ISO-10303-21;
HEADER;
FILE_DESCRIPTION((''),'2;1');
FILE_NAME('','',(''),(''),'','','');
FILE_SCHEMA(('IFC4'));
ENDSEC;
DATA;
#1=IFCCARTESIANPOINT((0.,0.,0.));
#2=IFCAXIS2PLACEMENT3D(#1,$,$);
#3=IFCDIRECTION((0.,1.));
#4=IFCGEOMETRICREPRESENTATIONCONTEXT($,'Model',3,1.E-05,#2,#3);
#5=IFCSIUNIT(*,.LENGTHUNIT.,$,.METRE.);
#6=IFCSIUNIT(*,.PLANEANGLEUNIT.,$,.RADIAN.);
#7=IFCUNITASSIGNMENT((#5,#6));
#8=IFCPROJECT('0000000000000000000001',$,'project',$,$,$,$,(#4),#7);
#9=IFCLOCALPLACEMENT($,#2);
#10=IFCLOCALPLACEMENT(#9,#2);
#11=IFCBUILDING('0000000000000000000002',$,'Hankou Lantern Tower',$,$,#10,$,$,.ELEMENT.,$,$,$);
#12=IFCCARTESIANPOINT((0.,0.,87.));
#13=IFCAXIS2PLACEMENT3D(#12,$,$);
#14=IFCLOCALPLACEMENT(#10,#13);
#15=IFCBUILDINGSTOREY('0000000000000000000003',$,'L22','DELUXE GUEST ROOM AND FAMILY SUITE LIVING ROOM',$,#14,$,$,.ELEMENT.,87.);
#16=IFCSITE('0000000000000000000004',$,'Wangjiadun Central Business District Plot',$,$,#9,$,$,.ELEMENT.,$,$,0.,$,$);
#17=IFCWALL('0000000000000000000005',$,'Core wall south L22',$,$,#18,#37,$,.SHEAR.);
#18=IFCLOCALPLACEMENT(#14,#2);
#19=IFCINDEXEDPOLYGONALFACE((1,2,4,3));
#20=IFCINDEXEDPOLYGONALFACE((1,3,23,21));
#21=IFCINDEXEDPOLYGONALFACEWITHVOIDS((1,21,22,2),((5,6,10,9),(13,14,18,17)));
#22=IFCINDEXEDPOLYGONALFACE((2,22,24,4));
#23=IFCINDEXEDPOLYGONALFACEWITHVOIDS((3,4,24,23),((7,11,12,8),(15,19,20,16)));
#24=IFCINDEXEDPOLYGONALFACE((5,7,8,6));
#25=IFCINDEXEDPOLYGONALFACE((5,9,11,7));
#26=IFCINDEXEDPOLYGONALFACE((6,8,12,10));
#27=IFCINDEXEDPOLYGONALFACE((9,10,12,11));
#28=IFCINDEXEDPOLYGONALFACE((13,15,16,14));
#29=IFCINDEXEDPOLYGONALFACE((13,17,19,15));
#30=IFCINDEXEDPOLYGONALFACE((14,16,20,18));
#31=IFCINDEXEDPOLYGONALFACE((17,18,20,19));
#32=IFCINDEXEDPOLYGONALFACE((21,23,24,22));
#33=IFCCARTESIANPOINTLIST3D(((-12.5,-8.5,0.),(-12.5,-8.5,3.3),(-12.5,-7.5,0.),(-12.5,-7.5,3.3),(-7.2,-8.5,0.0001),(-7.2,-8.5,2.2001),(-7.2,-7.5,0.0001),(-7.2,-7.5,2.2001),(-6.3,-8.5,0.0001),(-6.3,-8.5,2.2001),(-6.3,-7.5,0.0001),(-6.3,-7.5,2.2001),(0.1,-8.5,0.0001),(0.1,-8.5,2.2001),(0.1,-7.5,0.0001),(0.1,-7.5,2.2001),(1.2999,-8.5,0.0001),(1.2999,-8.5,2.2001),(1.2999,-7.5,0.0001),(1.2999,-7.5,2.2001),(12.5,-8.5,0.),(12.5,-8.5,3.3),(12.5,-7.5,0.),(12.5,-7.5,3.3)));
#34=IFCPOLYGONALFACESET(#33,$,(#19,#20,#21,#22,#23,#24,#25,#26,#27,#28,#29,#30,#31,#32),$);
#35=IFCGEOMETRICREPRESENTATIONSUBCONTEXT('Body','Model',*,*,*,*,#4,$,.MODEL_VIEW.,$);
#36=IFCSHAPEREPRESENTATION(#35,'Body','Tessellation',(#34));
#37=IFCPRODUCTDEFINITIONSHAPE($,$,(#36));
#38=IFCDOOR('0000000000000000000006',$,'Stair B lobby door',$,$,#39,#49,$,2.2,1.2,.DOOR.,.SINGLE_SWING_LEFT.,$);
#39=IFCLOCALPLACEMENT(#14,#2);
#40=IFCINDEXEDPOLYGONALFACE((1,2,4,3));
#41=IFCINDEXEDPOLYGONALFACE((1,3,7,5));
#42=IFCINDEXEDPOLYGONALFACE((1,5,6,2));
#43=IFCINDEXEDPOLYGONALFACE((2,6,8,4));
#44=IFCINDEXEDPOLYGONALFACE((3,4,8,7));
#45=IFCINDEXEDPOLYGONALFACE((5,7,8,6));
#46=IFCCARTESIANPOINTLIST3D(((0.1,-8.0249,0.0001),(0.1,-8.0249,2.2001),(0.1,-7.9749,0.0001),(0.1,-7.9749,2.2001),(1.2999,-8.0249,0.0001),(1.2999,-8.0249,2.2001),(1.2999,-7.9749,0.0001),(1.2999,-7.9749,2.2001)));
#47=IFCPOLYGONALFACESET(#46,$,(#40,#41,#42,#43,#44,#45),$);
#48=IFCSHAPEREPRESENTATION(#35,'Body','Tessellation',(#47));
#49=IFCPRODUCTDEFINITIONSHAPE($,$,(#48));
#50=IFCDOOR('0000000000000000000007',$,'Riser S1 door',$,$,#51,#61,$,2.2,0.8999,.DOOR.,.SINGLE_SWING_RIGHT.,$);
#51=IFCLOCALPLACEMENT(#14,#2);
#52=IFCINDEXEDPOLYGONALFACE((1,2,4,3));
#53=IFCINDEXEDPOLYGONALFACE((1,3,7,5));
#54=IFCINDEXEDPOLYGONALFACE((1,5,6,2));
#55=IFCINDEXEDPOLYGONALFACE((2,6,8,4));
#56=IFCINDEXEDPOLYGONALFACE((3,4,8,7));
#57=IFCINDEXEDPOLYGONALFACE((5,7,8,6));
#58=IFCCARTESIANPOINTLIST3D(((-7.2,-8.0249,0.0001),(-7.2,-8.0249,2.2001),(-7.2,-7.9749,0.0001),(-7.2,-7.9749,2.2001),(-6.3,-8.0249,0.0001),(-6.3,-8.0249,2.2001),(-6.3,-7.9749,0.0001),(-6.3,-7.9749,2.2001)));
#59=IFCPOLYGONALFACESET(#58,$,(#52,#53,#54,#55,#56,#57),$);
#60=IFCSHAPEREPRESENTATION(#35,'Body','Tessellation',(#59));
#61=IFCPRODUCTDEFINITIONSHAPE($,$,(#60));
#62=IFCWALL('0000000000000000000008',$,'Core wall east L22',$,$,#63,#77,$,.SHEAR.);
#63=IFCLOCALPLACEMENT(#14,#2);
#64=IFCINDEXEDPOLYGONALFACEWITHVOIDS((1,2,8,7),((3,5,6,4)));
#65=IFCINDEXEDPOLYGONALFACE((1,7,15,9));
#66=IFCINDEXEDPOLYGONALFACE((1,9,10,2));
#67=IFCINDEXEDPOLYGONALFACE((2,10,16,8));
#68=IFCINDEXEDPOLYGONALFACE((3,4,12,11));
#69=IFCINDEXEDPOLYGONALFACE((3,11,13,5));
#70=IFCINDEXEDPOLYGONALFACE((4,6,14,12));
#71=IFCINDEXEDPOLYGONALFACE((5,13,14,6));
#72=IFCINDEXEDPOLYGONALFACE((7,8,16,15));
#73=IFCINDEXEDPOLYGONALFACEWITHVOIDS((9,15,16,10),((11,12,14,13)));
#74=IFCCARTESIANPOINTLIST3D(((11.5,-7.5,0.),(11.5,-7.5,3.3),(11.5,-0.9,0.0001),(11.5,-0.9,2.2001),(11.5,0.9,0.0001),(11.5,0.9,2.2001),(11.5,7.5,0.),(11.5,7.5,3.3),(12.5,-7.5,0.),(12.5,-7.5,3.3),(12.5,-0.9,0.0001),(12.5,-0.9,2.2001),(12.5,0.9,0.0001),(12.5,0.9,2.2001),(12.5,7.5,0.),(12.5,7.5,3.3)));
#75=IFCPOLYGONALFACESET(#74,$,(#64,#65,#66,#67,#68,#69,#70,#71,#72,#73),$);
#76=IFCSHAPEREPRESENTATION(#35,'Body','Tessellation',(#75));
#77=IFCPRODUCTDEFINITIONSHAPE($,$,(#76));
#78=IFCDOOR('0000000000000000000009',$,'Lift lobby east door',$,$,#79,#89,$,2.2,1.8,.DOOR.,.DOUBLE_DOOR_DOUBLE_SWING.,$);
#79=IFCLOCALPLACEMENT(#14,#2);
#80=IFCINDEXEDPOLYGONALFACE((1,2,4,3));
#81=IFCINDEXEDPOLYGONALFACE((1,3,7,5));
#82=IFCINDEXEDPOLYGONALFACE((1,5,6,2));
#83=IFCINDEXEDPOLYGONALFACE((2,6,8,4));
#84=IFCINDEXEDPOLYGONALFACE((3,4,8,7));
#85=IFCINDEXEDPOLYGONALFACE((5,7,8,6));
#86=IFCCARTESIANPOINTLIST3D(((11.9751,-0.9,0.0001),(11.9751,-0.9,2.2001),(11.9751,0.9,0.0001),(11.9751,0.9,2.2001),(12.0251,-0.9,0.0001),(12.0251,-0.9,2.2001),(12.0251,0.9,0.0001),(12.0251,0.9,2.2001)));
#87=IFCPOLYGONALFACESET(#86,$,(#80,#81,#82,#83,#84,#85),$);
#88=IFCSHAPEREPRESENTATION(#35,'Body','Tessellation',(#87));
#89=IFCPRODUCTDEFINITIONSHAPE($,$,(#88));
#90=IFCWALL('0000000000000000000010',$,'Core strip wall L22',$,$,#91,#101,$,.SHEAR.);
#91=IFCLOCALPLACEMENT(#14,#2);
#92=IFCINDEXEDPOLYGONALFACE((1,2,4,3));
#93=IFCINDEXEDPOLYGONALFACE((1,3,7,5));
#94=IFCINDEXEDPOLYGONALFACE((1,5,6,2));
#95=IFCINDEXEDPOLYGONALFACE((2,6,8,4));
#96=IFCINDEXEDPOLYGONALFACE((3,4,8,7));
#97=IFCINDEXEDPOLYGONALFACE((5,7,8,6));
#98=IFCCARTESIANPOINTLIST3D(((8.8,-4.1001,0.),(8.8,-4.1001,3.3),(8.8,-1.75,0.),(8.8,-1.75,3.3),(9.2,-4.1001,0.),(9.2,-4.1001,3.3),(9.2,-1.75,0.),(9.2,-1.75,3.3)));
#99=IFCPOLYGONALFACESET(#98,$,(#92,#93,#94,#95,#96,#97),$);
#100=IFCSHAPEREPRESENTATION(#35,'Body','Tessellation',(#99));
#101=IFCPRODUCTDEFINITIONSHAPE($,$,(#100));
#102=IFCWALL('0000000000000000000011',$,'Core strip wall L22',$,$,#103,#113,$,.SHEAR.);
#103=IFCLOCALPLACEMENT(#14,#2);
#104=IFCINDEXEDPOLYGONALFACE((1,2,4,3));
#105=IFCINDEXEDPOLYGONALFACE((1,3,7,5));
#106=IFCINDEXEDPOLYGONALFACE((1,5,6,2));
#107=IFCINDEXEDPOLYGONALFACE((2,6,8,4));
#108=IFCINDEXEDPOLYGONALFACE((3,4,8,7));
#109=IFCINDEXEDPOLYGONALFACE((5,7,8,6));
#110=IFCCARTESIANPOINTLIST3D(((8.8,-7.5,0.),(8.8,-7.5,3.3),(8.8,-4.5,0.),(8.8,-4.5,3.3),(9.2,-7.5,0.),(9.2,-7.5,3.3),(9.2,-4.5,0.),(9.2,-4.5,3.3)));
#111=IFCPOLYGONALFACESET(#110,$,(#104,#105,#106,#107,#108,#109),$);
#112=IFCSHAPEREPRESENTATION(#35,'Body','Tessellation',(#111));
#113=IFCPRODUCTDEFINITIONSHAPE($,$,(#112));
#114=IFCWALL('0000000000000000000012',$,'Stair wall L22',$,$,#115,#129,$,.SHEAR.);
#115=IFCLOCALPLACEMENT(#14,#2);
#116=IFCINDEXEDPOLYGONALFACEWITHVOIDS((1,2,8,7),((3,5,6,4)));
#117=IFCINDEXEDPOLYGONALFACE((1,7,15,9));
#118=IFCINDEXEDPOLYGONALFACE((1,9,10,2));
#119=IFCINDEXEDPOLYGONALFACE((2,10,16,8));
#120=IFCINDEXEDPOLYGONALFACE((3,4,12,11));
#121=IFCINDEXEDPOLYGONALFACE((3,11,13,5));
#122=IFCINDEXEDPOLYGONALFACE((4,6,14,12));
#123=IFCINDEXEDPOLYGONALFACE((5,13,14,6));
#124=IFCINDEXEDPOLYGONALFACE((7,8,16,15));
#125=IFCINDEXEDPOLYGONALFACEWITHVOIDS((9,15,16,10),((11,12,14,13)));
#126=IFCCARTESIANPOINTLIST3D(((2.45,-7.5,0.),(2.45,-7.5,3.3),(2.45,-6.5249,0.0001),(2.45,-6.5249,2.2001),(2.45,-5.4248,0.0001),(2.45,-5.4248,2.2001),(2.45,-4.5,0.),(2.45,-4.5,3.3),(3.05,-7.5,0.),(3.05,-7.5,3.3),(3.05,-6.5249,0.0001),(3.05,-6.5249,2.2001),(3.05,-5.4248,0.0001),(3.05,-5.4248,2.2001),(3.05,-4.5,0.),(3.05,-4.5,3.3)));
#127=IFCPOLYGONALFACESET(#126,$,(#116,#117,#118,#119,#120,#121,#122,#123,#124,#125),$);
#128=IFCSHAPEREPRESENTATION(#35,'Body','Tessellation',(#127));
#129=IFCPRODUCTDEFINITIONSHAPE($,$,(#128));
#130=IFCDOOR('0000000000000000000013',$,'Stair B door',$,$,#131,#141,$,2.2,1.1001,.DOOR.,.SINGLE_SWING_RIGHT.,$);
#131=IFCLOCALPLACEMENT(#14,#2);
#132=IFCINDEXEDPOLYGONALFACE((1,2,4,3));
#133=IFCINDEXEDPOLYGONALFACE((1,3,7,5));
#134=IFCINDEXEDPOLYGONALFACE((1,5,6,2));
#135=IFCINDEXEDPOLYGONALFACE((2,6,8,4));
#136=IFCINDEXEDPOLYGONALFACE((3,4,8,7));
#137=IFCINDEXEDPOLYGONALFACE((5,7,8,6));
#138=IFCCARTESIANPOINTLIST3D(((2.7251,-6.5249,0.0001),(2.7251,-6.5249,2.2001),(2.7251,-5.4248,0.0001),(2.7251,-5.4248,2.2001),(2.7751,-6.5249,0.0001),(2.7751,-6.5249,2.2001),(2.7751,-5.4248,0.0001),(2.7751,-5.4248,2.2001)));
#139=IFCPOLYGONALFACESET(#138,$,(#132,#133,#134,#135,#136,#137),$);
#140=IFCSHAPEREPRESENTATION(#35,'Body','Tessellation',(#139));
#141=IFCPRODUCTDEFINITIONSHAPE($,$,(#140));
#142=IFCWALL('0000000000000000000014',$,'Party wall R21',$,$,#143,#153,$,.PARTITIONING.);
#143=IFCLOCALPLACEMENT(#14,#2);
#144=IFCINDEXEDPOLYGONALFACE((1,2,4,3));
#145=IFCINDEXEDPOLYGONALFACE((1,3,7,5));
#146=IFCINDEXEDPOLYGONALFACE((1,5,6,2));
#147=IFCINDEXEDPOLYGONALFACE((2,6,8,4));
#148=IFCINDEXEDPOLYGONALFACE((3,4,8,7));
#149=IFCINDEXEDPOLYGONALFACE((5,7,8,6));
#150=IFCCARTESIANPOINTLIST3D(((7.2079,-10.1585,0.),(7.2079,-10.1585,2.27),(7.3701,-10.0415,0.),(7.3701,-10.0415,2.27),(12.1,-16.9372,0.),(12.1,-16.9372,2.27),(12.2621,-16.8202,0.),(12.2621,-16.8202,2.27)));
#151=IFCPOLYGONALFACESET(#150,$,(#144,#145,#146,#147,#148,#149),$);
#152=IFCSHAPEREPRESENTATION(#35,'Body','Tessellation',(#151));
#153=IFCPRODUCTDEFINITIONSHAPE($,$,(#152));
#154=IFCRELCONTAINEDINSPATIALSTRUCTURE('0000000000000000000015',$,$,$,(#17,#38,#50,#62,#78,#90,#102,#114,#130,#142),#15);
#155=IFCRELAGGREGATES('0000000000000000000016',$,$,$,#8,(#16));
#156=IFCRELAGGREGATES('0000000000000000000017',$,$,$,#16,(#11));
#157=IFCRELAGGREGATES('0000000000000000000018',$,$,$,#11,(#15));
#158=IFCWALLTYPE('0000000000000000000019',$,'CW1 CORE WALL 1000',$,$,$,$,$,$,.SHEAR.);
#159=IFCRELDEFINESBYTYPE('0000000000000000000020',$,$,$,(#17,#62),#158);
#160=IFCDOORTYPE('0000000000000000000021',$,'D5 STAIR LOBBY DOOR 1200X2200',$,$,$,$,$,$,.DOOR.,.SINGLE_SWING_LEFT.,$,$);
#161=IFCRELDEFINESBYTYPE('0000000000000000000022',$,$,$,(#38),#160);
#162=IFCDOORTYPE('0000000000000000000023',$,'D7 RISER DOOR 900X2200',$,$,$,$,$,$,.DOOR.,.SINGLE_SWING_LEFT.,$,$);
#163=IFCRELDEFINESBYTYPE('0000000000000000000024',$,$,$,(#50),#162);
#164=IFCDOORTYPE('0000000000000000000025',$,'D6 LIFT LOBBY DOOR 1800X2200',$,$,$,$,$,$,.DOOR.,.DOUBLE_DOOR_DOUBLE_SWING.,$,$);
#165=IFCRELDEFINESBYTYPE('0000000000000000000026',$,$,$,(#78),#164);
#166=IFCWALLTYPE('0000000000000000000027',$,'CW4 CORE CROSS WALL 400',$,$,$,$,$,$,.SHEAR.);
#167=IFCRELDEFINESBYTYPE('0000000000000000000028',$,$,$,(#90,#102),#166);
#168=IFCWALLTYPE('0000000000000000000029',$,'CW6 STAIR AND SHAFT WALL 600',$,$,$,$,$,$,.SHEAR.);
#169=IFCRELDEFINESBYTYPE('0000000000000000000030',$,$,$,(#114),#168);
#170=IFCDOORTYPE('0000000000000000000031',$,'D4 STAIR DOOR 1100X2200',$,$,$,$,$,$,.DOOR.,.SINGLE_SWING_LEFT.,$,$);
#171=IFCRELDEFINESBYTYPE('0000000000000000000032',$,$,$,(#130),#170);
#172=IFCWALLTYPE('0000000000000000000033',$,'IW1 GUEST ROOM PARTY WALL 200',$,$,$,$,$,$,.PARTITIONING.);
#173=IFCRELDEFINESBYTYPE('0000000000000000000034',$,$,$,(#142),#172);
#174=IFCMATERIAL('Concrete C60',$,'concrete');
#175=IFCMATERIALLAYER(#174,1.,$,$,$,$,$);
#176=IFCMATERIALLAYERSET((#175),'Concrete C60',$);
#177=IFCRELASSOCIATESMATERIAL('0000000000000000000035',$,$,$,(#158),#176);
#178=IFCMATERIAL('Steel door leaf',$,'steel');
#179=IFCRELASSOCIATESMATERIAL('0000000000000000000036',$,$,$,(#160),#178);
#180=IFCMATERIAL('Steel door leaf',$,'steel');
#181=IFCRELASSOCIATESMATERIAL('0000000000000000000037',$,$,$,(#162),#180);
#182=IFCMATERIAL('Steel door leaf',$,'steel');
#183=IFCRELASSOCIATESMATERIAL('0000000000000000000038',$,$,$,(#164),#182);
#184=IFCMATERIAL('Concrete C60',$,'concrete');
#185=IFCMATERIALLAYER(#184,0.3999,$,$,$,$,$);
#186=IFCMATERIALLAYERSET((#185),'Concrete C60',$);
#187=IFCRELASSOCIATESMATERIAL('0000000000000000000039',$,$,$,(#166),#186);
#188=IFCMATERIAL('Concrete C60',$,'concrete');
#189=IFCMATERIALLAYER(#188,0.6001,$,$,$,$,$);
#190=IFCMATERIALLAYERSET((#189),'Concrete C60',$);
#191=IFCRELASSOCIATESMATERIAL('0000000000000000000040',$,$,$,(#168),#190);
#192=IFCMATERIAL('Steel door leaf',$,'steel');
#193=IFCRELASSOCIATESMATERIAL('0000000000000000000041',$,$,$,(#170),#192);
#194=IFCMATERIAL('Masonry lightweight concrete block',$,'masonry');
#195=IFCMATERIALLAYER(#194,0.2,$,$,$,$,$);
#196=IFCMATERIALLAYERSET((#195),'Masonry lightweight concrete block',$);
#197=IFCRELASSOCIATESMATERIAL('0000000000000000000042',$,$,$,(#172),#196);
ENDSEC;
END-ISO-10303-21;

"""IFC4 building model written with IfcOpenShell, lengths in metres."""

from ifc_helpers import new_model, si_unit, direction, frame, frame_2d, origin, place, context, subcontext, project, spatial, rectangle, extrude, material, layer, layer_set, type_object, element, fill, save


model = new_model("IFC4")

# Units and contexts
model_context = context("Model", 3, precision=1e-05, world=origin(), true_north=direction((0.0, 1.0)))
body_context = subcontext(model_context, "Body", "Model", "MODEL_VIEW")
ifc_project = project(units=[si_unit("LENGTHUNIT", "METRE"), si_unit("PLANEANGLEUNIT", "RADIAN")], contexts=[model_context])

# Site, building, storey
site_placement = place(None, origin())
site = spatial("IfcSite", under=ifc_project, at=site_placement, Name="Wangjiadun Central Business District Plot", CompositionType="ELEMENT", RefElevation=0.0)
building_placement = place(site_placement, origin())
building = spatial("IfcBuilding", under=site, at=building_placement, Name="Hankou Lantern Tower", CompositionType="ELEMENT")
storey_placement = place(building_placement, frame((0.0, 0.0, 87.0)))
storey = spatial("IfcBuildingStorey", under=building, at=storey_placement, Name="L22", Description="DELUXE GUEST ROOM AND FAMILY SUITE LIVING ROOM", CompositionType="ELEMENT", Elevation=87.0)

# Wall, openings, doors
ifc_material_1 = material(Name="Concrete C60", Category="concrete")
ifc_layer_1 = layer(ifc_material_1, 1.0)
ifc_layer_set_1 = layer_set([ifc_layer_1], Name="Concrete C60")
wall_type_1 = type_object("IfcWallType", Name="CW1 CORE WALL 1000", PredefinedType="SHEAR", material=ifc_layer_set_1)
wall_1_placement = place(storey_placement, frame((12.5, -8.0, 0.0), z_axis=(0.0, 0.0, 1.0), x_axis=(-1.0, 0.0, 0.0)))
wall_1 = element("IfcWall", 1, at=wall_1_placement, inside=storey, type_object=wall_type_1, Name="Core wall south L22", PredefinedType="SHEAR", context=body_context, shape_type="SweptSolid", body=[
    extrude(rectangle(XDim=25.0, YDim=1.0, at=frame_2d((12.5, 0.0))), origin(), (0.0, 0.0, 1.0), 3.3),
])
opening_1_placement = place(wall_1_placement, frame((11.2, 0.0, 0.0)))
opening_1 = element("IfcOpeningElement", 2, at=opening_1_placement, cuts=wall_1, PredefinedType="OPENING", context=body_context, shape_type="SweptSolid", body=[
    extrude(rectangle(XDim=1.2, YDim=2.2, at=frame_2d((0.6001, 1.1001))), frame((0.0, 0.51, 0.0), z_axis=(0.0, -1.0, 0.0), x_axis=(1.0, 0.0, 0.0)), (0.0, 0.0, 1.0), 1.02),
])
opening_2_placement = place(wall_1_placement, frame((18.8, 0.0, 0.0)))
opening_2 = element("IfcOpeningElement", 3, at=opening_2_placement, cuts=wall_1, PredefinedType="OPENING", context=body_context, shape_type="SweptSolid", body=[
    extrude(rectangle(XDim=0.8999, YDim=2.2, at=frame_2d((0.45, 1.1001))), frame((0.0, 0.51, 0.0), z_axis=(0.0, -1.0, 0.0), x_axis=(1.0, 0.0, 0.0)), (0.0, 0.0, 1.0), 1.02),
])
ifc_material_2 = material(Name="Steel door leaf", Category="steel")
door_type_1 = type_object("IfcDoorType", Name="D5 STAIR LOBBY DOOR 1200X2200", OperationType="SINGLE_SWING_LEFT", PredefinedType="DOOR", material=ifc_material_2)
door_1_placement = place(opening_1_placement, origin())
door_1 = element("IfcDoor", 4, at=door_1_placement, inside=storey, type_object=door_type_1, Name="Stair B lobby door", OperationType="SINGLE_SWING_LEFT", OverallHeight=2.2, OverallWidth=1.2, PredefinedType="DOOR", context=body_context, shape_type="SweptSolid", body=[
    extrude(rectangle(XDim=1.2, YDim=2.2, at=frame_2d((0.6001, 1.1001))), frame((0.0, 0.0249, 0.0), z_axis=(0.0, -1.0, 0.0), x_axis=(1.0, 0.0, 0.0)), (0.0, 0.0, 1.0), 0.05),
])
fill(opening_1, door_1)
ifc_material_3 = material(Name="Steel door leaf", Category="steel")
door_type_2 = type_object("IfcDoorType", Name="D7 RISER DOOR 900X2200", OperationType="SINGLE_SWING_LEFT", PredefinedType="DOOR", material=ifc_material_3)
door_2_placement = place(opening_2_placement, origin())
door_2 = element("IfcDoor", 5, at=door_2_placement, inside=storey, type_object=door_type_2, Name="Riser S1 door", OperationType="SINGLE_SWING_RIGHT", OverallHeight=2.2, OverallWidth=0.8999, PredefinedType="DOOR", context=body_context, shape_type="SweptSolid", body=[
    extrude(rectangle(XDim=0.8999, YDim=2.2, at=frame_2d((0.45, 1.1001))), frame((0.0, 0.0249, 0.0), z_axis=(0.0, -1.0, 0.0), x_axis=(1.0, 0.0, 0.0)), (0.0, 0.0, 1.0), 0.05),
])
fill(opening_2, door_2)

# Wall, opening, door
wall_2_placement = place(storey_placement, frame((12.0, -7.5, 0.0), z_axis=(0.0, 0.0, 1.0), x_axis=(0.0, 1.0, 0.0)))
wall_2 = element("IfcWall", 6, at=wall_2_placement, inside=storey, type_object=wall_type_1, Name="Core wall east L22", PredefinedType="SHEAR", context=body_context, shape_type="SweptSolid", body=[
    extrude(rectangle(XDim=15.0, YDim=1.0, at=frame_2d((7.5, 0.0))), origin(), (0.0, 0.0, 1.0), 3.3),
])
opening_3_placement = place(wall_2_placement, frame((6.6001, 0.0, 0.0)))
opening_3 = element("IfcOpeningElement", 7, at=opening_3_placement, cuts=wall_2, PredefinedType="OPENING", context=body_context, shape_type="SweptSolid", body=[
    extrude(rectangle(XDim=1.8, YDim=2.2, at=frame_2d((0.8999, 1.1001))), frame((0.0, 0.51, 0.0), z_axis=(0.0, -1.0, 0.0), x_axis=(1.0, 0.0, 0.0)), (0.0, 0.0, 1.0), 1.02),
])
ifc_material_4 = material(Name="Steel door leaf", Category="steel")
door_type_3 = type_object("IfcDoorType", Name="D6 LIFT LOBBY DOOR 1800X2200", OperationType="DOUBLE_DOOR_DOUBLE_SWING", PredefinedType="DOOR", material=ifc_material_4)
door_3_placement = place(opening_3_placement, origin())
door_3 = element("IfcDoor", 8, at=door_3_placement, inside=storey, type_object=door_type_3, Name="Lift lobby east door", OperationType="DOUBLE_DOOR_DOUBLE_SWING", OverallHeight=2.2, OverallWidth=1.8, PredefinedType="DOOR", context=body_context, shape_type="SweptSolid", body=[
    extrude(rectangle(XDim=1.8, YDim=2.2, at=frame_2d((0.8999, 1.1001))), frame((0.0, 0.0249, 0.0), z_axis=(0.0, -1.0, 0.0), x_axis=(1.0, 0.0, 0.0)), (0.0, 0.0, 1.0), 0.05),
])
fill(opening_3, door_3)

# Walls
ifc_material_5 = material(Name="Concrete C60", Category="concrete")
ifc_layer_2 = layer(ifc_material_5, 0.3999)
ifc_layer_set_2 = layer_set([ifc_layer_2], Name="Concrete C60")
wall_type_2 = type_object("IfcWallType", Name="CW4 CORE CROSS WALL 400", PredefinedType="SHEAR", material=ifc_layer_set_2)
wall_3_placement = place(storey_placement, frame((9.0, -4.1001, 0.0), z_axis=(0.0, 0.0, 1.0), x_axis=(0.0, 1.0, 0.0)))
element("IfcWall", 9, at=wall_3_placement, inside=storey, type_object=wall_type_2, Name="Core strip wall L22", PredefinedType="SHEAR", context=body_context, shape_type="SweptSolid", body=[
    extrude(rectangle(XDim=2.3501, YDim=0.3999, at=frame_2d((1.175, 0.0))), origin(), (0.0, 0.0, 1.0), 3.3),
])
wall_4_placement = place(storey_placement, frame((9.0, -7.5, 0.0), z_axis=(0.0, 0.0, 1.0), x_axis=(0.0, 1.0, 0.0)))
element("IfcWall", 10, at=wall_4_placement, inside=storey, type_object=wall_type_2, Name="Core strip wall L22", PredefinedType="SHEAR", context=body_context, shape_type="SweptSolid", body=[
    extrude(rectangle(XDim=3.0, YDim=0.3999, at=frame_2d((1.5, 0.0))), origin(), (0.0, 0.0, 1.0), 3.3),
])

# Wall, opening, door
ifc_material_6 = material(Name="Concrete C60", Category="concrete")
ifc_layer_3 = layer(ifc_material_6, 0.6001)
ifc_layer_set_3 = layer_set([ifc_layer_3], Name="Concrete C60")
wall_type_3 = type_object("IfcWallType", Name="CW6 STAIR AND SHAFT WALL 600", PredefinedType="SHEAR", material=ifc_layer_set_3)
wall_5_placement = place(storey_placement, frame((2.75, -7.5, 0.0), z_axis=(0.0, 0.0, 1.0), x_axis=(0.0, 1.0, 0.0)))
wall_5 = element("IfcWall", 11, at=wall_5_placement, inside=storey, type_object=wall_type_3, Name="Stair wall L22", PredefinedType="SHEAR", context=body_context, shape_type="SweptSolid", body=[
    extrude(rectangle(XDim=3.0, YDim=0.6001, at=frame_2d((1.5, 0.0))), origin(), (0.0, 0.0, 1.0), 3.3),
])
opening_4_placement = place(wall_5_placement, frame((0.9751, 0.0, 0.0)))
opening_4 = element("IfcOpeningElement", 12, at=opening_4_placement, cuts=wall_5, PredefinedType="OPENING", context=body_context, shape_type="SweptSolid", body=[
    extrude(rectangle(XDim=1.1001, YDim=2.2, at=frame_2d((0.55, 1.1001))), frame((0.0, 0.3101, 0.0), z_axis=(0.0, -1.0, 0.0), x_axis=(1.0, 0.0, 0.0)), (0.0, 0.0, 1.0), 0.6201),
])
ifc_material_7 = material(Name="Steel door leaf", Category="steel")
door_type_4 = type_object("IfcDoorType", Name="D4 STAIR DOOR 1100X2200", OperationType="SINGLE_SWING_LEFT", PredefinedType="DOOR", material=ifc_material_7)
door_4_placement = place(opening_4_placement, origin())
door_4 = element("IfcDoor", 13, at=door_4_placement, inside=storey, type_object=door_type_4, Name="Stair B door", OperationType="SINGLE_SWING_RIGHT", OverallHeight=2.2, OverallWidth=1.1001, PredefinedType="DOOR", context=body_context, shape_type="SweptSolid", body=[
    extrude(rectangle(XDim=1.1001, YDim=2.2, at=frame_2d((0.55, 1.1001))), frame((0.0, 0.0249, 0.0), z_axis=(0.0, -1.0, 0.0), x_axis=(1.0, 0.0, 0.0)), (0.0, 0.0, 1.0), 0.05),
])
fill(opening_4, door_4)

# Wall
ifc_material_8 = material(Name="Masonry lightweight concrete block", Category="masonry")
ifc_layer_4 = layer(ifc_material_8, 0.2)
ifc_layer_set_4 = layer_set([ifc_layer_4], Name="Masonry lightweight concrete block")
wall_type_4 = type_object("IfcWallType", Name="IW1 GUEST ROOM PARTY WALL 200", PredefinedType="PARTITIONING", material=ifc_layer_set_4)
wall_6_placement = place(storey_placement, frame((7.2891, -10.1001, 0.0), z_axis=(0.0, 0.0, 1.0), x_axis=(0.585198, -0.81089, 0.0)))
element("IfcWall", 14, at=wall_6_placement, inside=storey, type_object=wall_type_4, Name="Party wall R21", PredefinedType="PARTITIONING", context=body_context, shape_type="SweptSolid", body=[
    extrude(rectangle(XDim=8.3596, YDim=0.2, at=frame_2d((4.1797, 0.0))), origin(), (0.0, 0.0, 1.0), 2.27),
])

save(model, "model.ifc")
